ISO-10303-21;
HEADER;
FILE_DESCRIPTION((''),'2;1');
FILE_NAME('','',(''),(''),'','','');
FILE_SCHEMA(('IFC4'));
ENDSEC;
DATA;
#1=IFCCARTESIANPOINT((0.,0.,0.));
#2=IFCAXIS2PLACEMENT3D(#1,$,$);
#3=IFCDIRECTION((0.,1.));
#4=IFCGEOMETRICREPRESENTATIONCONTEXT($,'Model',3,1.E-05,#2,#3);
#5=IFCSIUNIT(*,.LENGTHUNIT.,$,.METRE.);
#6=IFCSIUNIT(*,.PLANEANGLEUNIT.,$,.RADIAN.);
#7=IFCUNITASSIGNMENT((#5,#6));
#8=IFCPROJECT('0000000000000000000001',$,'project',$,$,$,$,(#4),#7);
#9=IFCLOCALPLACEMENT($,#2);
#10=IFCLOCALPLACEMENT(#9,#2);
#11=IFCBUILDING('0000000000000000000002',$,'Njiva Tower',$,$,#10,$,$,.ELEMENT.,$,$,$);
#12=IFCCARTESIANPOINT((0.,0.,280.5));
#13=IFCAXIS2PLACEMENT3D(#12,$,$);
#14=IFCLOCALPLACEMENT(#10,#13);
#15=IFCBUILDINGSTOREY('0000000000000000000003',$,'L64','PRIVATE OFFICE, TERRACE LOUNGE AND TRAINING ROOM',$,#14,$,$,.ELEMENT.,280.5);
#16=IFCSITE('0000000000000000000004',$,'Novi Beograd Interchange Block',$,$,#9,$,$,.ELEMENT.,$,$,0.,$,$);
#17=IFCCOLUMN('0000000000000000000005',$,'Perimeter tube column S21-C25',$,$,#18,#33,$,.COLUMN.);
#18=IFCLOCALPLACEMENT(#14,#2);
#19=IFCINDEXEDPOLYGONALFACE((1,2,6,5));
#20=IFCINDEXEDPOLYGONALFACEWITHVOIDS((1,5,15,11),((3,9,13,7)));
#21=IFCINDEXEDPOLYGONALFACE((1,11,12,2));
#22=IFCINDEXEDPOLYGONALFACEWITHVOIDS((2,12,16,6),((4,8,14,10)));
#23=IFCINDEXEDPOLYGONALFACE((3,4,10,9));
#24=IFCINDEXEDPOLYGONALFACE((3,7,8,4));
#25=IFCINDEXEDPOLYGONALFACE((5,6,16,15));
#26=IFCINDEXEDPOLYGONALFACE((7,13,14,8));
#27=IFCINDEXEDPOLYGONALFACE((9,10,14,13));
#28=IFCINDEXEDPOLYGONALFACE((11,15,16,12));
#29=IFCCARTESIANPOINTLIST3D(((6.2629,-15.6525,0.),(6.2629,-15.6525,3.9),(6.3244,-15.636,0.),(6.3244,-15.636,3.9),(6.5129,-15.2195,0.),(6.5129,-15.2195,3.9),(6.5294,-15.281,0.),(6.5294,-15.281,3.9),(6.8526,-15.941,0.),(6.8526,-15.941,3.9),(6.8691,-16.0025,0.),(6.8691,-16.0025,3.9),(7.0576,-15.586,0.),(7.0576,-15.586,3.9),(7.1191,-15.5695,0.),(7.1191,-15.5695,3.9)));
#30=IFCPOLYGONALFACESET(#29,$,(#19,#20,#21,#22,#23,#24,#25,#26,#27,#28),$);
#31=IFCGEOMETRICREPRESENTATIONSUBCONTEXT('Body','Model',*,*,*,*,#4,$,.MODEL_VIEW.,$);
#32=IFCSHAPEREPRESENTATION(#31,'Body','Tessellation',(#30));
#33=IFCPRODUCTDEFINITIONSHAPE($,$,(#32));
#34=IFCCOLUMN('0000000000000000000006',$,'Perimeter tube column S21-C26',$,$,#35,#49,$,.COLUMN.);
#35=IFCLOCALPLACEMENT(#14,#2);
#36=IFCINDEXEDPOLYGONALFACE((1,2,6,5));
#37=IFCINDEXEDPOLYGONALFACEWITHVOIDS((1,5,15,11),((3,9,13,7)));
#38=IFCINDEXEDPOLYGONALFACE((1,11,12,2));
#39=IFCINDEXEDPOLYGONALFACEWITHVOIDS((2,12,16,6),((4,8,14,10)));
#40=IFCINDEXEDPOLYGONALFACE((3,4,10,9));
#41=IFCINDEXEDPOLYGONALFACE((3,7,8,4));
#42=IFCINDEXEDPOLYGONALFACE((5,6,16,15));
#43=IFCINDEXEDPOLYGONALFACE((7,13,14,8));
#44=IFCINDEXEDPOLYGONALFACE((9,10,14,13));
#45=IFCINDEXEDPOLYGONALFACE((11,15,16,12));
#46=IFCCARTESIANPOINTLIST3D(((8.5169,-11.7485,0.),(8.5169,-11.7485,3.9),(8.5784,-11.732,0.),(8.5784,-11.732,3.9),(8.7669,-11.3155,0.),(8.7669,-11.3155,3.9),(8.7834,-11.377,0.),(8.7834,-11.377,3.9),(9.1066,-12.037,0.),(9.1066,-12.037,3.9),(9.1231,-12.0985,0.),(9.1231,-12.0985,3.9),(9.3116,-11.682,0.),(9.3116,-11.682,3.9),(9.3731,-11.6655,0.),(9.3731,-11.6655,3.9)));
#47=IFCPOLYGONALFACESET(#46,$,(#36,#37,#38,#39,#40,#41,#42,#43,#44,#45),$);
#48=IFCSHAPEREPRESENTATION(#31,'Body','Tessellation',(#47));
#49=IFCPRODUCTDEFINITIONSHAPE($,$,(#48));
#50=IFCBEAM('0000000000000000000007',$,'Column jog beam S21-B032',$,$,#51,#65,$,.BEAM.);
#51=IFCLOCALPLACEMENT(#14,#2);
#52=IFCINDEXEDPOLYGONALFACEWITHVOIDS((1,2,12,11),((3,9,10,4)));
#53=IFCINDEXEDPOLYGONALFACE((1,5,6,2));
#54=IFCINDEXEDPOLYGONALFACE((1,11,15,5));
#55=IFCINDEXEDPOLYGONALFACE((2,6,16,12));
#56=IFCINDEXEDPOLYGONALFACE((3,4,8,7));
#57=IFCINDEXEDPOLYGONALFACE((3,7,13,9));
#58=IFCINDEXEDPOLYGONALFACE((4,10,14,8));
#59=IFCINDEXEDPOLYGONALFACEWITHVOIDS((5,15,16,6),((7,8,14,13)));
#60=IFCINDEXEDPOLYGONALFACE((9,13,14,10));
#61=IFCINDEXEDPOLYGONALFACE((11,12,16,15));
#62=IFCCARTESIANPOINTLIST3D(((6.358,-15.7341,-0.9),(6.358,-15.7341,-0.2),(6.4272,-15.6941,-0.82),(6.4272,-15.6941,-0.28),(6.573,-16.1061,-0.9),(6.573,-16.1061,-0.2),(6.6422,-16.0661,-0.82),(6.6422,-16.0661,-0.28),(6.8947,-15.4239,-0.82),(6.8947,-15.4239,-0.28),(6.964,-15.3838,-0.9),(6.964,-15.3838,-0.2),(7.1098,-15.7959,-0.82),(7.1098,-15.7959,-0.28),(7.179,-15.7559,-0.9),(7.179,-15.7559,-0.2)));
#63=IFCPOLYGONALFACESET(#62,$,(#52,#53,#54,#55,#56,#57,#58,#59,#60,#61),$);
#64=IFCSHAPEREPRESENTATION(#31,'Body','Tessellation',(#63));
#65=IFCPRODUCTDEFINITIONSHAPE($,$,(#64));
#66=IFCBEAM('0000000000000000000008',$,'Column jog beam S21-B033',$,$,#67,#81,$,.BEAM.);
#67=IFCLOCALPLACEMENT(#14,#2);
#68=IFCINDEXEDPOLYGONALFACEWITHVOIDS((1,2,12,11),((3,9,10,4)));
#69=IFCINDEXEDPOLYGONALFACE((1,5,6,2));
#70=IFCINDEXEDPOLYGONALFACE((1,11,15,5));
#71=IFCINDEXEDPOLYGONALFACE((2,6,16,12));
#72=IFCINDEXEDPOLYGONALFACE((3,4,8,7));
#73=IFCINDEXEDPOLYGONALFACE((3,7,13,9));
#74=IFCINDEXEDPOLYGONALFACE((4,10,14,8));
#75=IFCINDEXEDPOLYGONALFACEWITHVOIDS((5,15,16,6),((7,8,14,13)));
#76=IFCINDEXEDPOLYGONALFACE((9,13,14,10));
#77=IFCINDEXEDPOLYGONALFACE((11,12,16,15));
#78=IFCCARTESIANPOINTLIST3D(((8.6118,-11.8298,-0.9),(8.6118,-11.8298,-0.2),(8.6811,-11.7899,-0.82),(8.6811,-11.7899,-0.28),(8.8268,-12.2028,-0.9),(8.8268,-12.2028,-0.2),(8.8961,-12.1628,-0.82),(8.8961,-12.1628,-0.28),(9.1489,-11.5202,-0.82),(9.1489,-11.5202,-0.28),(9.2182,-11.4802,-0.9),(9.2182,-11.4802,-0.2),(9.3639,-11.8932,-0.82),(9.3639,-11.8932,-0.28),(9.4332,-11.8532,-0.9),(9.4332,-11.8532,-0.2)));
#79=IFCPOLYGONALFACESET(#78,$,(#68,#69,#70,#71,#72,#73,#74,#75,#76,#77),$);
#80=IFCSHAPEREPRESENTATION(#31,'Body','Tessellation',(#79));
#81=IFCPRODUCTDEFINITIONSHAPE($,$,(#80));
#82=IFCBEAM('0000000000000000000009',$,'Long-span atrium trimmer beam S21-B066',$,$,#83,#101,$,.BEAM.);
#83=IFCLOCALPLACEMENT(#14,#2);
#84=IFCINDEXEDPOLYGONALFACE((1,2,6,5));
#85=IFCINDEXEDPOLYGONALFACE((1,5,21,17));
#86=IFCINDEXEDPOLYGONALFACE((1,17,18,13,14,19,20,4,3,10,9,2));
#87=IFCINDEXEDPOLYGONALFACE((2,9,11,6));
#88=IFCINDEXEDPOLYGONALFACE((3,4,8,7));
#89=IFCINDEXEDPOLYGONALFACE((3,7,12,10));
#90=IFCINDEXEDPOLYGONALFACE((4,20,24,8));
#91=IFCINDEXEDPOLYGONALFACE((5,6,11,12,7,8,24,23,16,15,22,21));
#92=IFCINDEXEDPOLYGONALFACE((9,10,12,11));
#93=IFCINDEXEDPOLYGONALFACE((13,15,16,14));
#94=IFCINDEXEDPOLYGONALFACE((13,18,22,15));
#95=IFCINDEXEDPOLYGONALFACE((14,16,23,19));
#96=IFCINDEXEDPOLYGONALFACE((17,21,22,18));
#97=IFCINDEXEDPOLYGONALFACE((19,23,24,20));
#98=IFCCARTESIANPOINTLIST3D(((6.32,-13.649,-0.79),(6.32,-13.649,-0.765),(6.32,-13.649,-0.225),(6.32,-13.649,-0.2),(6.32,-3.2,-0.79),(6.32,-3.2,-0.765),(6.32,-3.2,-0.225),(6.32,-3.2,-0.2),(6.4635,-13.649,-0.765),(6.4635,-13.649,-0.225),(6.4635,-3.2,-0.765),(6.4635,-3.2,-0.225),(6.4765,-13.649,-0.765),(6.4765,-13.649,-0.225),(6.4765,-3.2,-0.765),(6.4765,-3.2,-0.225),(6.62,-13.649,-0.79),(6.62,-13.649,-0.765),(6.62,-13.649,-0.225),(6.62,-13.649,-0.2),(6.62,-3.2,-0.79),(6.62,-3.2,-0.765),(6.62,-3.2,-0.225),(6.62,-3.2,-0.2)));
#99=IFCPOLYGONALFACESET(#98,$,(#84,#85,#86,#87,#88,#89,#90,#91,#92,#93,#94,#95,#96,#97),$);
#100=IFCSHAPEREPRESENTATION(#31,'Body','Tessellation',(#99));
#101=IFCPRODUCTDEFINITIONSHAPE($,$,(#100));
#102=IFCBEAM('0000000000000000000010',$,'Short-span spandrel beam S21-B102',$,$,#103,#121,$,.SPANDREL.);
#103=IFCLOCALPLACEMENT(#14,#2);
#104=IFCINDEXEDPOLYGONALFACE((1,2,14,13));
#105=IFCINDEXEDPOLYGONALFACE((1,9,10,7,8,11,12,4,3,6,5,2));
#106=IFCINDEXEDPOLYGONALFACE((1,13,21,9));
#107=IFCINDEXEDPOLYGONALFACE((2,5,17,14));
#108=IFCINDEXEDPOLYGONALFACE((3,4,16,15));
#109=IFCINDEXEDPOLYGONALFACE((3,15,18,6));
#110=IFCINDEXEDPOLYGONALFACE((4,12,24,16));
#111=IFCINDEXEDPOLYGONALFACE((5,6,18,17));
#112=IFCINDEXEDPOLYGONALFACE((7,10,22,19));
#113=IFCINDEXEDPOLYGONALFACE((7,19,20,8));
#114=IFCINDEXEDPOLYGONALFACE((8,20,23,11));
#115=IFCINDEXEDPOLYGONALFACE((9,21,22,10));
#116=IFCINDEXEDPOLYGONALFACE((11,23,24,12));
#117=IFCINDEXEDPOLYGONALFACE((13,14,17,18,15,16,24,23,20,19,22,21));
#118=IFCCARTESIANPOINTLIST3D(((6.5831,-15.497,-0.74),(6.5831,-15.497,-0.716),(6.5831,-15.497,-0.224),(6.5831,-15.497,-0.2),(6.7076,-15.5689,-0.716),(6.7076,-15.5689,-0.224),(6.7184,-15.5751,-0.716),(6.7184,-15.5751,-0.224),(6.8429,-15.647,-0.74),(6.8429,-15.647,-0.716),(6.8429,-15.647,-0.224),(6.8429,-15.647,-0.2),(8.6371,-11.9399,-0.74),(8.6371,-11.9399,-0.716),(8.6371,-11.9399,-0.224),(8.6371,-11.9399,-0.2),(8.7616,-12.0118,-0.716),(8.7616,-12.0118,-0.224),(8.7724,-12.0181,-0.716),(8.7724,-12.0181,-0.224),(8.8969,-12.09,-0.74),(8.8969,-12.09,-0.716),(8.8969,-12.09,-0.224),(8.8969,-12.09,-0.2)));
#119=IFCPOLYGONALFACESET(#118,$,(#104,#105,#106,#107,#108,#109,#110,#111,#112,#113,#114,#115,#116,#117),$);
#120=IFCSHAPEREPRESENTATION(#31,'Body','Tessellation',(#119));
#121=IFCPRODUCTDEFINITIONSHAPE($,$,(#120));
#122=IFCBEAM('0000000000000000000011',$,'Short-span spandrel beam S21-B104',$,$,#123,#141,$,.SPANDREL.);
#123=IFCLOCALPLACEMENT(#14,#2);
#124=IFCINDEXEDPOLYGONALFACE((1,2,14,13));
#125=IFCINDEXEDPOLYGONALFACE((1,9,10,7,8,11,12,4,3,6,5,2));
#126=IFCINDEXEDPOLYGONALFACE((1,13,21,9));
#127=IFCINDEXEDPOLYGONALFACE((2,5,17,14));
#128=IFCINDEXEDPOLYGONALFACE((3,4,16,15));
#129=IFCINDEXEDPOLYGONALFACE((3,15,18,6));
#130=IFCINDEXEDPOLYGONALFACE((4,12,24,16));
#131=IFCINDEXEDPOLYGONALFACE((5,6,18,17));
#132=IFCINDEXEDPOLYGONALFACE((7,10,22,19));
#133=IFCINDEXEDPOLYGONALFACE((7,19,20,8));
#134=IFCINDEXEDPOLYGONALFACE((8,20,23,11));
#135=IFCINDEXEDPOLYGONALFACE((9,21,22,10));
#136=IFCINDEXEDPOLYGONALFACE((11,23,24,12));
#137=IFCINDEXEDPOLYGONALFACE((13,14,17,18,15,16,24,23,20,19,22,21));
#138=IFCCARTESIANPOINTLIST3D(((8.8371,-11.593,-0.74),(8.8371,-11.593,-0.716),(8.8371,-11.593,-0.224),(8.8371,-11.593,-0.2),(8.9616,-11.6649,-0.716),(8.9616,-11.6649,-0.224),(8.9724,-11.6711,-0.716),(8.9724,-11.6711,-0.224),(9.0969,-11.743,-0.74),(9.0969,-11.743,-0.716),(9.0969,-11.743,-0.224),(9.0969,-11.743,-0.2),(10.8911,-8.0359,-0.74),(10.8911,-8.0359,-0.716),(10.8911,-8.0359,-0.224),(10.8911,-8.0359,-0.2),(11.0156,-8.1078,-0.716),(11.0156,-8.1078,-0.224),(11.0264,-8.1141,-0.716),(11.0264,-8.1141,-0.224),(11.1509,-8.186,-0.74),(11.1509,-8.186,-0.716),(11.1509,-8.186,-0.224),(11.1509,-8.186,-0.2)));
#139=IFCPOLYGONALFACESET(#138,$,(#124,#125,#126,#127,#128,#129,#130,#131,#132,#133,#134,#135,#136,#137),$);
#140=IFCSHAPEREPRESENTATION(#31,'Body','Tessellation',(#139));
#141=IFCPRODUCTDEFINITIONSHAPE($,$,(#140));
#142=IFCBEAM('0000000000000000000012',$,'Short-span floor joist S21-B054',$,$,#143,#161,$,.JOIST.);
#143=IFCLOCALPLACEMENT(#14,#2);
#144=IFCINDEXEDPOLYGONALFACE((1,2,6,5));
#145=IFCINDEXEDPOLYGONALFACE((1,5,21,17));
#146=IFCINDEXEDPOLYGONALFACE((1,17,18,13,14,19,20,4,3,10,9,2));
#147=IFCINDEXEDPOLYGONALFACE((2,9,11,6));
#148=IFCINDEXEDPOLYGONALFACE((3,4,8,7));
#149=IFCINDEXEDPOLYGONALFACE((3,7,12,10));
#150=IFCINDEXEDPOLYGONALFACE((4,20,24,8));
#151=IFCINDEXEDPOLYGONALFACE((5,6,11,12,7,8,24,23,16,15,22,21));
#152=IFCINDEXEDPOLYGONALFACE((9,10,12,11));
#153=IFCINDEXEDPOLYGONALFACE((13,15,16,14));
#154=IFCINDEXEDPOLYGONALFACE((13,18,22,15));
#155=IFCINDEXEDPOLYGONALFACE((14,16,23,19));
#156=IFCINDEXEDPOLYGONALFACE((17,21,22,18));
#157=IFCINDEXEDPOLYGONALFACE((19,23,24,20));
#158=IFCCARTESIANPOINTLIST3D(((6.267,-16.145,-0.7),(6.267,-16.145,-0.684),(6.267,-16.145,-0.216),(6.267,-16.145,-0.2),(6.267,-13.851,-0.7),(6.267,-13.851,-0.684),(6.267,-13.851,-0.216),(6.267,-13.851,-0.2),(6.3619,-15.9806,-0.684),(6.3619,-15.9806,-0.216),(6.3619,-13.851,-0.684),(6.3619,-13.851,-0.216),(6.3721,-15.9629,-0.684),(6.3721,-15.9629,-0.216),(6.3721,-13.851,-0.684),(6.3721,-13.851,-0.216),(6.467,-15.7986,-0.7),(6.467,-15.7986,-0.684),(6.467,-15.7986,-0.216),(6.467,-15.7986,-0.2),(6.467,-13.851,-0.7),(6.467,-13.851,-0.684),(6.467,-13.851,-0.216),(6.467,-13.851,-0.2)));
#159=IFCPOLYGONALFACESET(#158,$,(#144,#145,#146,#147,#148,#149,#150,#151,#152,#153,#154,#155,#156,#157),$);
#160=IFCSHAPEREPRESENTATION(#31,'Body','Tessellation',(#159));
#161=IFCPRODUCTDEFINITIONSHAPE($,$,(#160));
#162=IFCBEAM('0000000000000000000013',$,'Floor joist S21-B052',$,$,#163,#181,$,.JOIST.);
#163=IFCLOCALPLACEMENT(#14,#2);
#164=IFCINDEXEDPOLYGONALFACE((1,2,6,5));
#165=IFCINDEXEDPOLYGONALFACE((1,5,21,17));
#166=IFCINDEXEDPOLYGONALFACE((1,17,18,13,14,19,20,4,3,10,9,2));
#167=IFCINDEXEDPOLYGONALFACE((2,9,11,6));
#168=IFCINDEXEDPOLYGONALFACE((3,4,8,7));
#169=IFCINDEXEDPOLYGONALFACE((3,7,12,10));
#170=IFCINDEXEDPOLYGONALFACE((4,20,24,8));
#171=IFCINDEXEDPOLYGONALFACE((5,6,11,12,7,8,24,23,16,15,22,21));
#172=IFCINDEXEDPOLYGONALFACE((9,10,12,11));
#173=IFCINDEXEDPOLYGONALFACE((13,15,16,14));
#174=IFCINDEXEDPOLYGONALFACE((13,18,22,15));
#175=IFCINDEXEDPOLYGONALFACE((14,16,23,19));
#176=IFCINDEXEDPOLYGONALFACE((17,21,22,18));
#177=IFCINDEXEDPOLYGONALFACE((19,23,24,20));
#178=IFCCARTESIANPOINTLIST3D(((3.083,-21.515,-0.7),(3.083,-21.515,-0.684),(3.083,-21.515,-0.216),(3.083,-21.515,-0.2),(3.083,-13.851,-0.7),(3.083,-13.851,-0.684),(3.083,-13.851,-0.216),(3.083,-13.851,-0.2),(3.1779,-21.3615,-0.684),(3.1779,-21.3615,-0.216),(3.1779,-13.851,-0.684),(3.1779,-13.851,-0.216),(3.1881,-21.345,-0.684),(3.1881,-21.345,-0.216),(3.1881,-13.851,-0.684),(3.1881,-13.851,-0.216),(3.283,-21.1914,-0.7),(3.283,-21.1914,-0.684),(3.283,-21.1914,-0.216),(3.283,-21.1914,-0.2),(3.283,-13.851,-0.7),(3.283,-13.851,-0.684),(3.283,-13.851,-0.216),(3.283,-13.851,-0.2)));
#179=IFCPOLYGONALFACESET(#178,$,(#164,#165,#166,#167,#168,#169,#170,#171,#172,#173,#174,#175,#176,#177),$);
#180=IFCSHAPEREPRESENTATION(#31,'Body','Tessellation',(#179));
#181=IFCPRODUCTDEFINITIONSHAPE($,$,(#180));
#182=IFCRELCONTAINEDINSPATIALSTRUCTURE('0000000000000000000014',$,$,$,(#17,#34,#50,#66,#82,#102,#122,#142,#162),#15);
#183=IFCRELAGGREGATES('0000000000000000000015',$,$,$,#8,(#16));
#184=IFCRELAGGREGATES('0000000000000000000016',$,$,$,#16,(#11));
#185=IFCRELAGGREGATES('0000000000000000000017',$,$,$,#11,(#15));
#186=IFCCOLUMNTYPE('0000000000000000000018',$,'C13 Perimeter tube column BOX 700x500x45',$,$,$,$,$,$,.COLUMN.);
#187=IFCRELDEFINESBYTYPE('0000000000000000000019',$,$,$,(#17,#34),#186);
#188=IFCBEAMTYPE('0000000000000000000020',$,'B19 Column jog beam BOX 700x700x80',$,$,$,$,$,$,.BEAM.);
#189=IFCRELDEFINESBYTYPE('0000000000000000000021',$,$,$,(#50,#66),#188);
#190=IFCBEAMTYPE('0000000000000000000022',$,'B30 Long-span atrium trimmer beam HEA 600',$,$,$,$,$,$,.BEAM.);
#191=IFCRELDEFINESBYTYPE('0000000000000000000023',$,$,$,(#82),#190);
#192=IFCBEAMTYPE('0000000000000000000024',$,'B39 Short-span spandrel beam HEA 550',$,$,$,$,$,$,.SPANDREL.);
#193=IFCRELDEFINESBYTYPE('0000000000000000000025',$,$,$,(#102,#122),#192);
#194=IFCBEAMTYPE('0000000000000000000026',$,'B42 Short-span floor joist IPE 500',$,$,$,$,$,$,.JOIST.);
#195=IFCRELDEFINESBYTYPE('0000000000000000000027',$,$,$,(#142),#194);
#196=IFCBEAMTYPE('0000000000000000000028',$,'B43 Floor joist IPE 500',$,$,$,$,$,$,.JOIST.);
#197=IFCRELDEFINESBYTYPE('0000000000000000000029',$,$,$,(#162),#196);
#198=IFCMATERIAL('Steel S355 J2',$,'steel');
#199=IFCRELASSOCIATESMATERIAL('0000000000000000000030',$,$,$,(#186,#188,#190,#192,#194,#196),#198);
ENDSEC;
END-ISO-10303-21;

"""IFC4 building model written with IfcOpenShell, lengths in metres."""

from ifc_helpers import new_model, si_unit, direction, frame, origin, origin_2d, place, context, subcontext, project, spatial, hollow_rectangle, i_section, extrude, clip, halfspace, material, material_profile, profile_set, type_object, element, save


model = new_model("IFC4")

# Units and contexts
model_context = context("Model", 3, precision=1e-05, world=origin(), true_north=direction((0.0, 1.0)))
body_context = subcontext(model_context, "Body", "Model", "MODEL_VIEW")
ifc_project = project(units=[si_unit("LENGTHUNIT", "METRE"), si_unit("PLANEANGLEUNIT", "RADIAN")], contexts=[model_context])

# Site, building, storey
site_placement = place(None, origin())
site = spatial("IfcSite", under=ifc_project, at=site_placement, Name="Novi Beograd Interchange Block", CompositionType="ELEMENT", RefElevation=0.0)
building_placement = place(site_placement, origin())
building = spatial("IfcBuilding", under=site, at=building_placement, Name="Njiva Tower", CompositionType="ELEMENT")
storey_placement = place(building_placement, frame((0.0, 0.0, 280.5)))
storey = spatial("IfcBuildingStorey", under=building, at=storey_placement, Name="L64", Description="PRIVATE OFFICE, TERRACE LOUNGE AND TRAINING ROOM", CompositionType="ELEMENT", Elevation=280.5)

# Columns
ifc_material_1 = material(Name="Steel S355 J2", Category="steel")
ifc_material_profile_1 = material_profile(ifc_material_1, hollow_rectangle(XDim=0.5, YDim=0.7, WallThickness=0.045, at=origin_2d()), Name="BOX 700x500x45")
ifc_profile_set_1 = profile_set([ifc_material_profile_1], Name="Steel S355 J2")
column_type = type_object("IfcColumnType", Name="C13 Perimeter tube column BOX 700x500x45", PredefinedType="COLUMN", material=ifc_profile_set_1)
for number, where, z_axis, x_axis, name in (
    (1, (6.691, -15.611, 0.0), (0.0, 0.0, 1.0), (0.5, 0.866025, 0.0), "Perimeter tube column S21-C25"),
    (2, (8.945, -11.707, 0.0), (0.0, 0.0, 1.0), (0.5, 0.866025, 0.0), "Perimeter tube column S21-C26"),
):
    element("IfcColumn", number, at=place(storey_placement, frame(where, z_axis=z_axis, x_axis=x_axis)), inside=storey, type_object=column_type, Name=name, PredefinedType="COLUMN", context=body_context, shape_type="SweptSolid", body=[
        extrude(hollow_rectangle(XDim=0.5, YDim=0.7, WallThickness=0.045, at=origin_2d()), origin(), (0.0, 0.0, 1.0), 3.9),
    ])

# Beams
ifc_material_profile_2 = material_profile(ifc_material_1, hollow_rectangle(XDim=0.7, YDim=0.7, WallThickness=0.08, at=origin_2d()), Name="BOX 700x700x80")
ifc_profile_set_2 = profile_set([ifc_material_profile_2], Name="Steel S355 J2")
beam_type_1 = type_object("IfcBeamType", Name="B19 Column jog beam BOX 700x700x80", PredefinedType="BEAM", material=ifc_profile_set_2)
beam_1_placement = place(storey_placement, frame((6.876, -15.931, -0.55), z_axis=(-0.500394, 0.865798, 0.0), x_axis=(-0.865798, -0.500394, 0.0)))
element("IfcBeam", 3, at=beam_1_placement, inside=storey, type_object=beam_type_1, Name="Column jog beam S21-B032", PredefinedType="BEAM", context=body_context, shape_type="SweptSolid", body=[
    extrude(hollow_rectangle(XDim=0.7, YDim=0.7, WallThickness=0.08, at=origin_2d()), origin(), (0.0, 0.0, 1.0), 0.4297),
])
beam_2_placement = place(storey_placement, frame((9.13, -12.028, -0.55), z_axis=(-0.499387, 0.866379, 0.0), x_axis=(-0.866379, -0.499387, 0.0)))
element("IfcBeam", 4, at=beam_2_placement, inside=storey, type_object=beam_type_1, Name="Column jog beam S21-B033", PredefinedType="BEAM", context=body_context, shape_type="SweptSolid", body=[
    extrude(hollow_rectangle(XDim=0.7, YDim=0.7, WallThickness=0.08, at=origin_2d()), origin(), (0.0, 0.0, 1.0), 0.4305),
])
ifc_material_profile_3 = material_profile(ifc_material_1, i_section(OverallWidth=0.3, OverallDepth=0.59, WebThickness=0.013, FlangeThickness=0.025, at=origin_2d()), Name="HEA 600")
ifc_profile_set_3 = profile_set([ifc_material_profile_3], Name="Steel S355 J2")
beam_type_2 = type_object("IfcBeamType", Name="B30 Long-span atrium trimmer beam HEA 600", PredefinedType="BEAM", material=ifc_profile_set_3)
beam_3_placement = place(storey_placement, frame((6.47, -13.649, -0.495), z_axis=(0.0, 1.0, 0.0), x_axis=(-1.0, 0.0, 0.0)))
element("IfcBeam", 5, at=beam_3_placement, inside=storey, type_object=beam_type_2, Name="Long-span atrium trimmer beam S21-B066", PredefinedType="BEAM", context=body_context, shape_type="SweptSolid", body=[
    extrude(i_section(OverallWidth=0.3, OverallDepth=0.59, WebThickness=0.013, FlangeThickness=0.025, at=origin_2d()), origin(), (0.0, 0.0, 1.0), 10.449),
])
ifc_material_profile_4 = material_profile(ifc_material_1, i_section(OverallWidth=0.3, OverallDepth=0.54, WebThickness=0.0125, FlangeThickness=0.024, at=origin_2d()), Name="HEA 550")
ifc_profile_set_4 = profile_set([ifc_material_profile_4], Name="Steel S355 J2")
beam_type_3 = type_object("IfcBeamType", Name="B39 Short-span spandrel beam HEA 550", PredefinedType="SPANDREL", material=ifc_profile_set_4)
for number, where, z_axis, x_axis, name in (
    (6, (6.713, -15.572, -0.47), (0.500067, 0.865987, 0.0), (-0.865987, 0.500067, 0.0), "Short-span spandrel beam S21-B102"),
    (7, (8.967, -11.668, -0.47), (0.500067, 0.865987, 0.0), (-0.865987, 0.500067, 0.0), "Short-span spandrel beam S21-B104"),
):
    element("IfcBeam", number, at=place(storey_placement, frame(where, z_axis=z_axis, x_axis=x_axis)), inside=storey, type_object=beam_type_3, Name=name, PredefinedType="SPANDREL", context=body_context, shape_type="SweptSolid", body=[
        extrude(i_section(OverallWidth=0.3, OverallDepth=0.54, WebThickness=0.0125, FlangeThickness=0.024, at=origin_2d()), origin(), (0.0, 0.0, 1.0), 4.1075),
    ])
ifc_material_profile_5 = material_profile(ifc_material_1, i_section(OverallWidth=0.2, OverallDepth=0.5, WebThickness=0.0102, FlangeThickness=0.016, at=origin_2d()), Name="IPE 500")
ifc_profile_set_5 = profile_set([ifc_material_profile_5], Name="Steel S355 J2")
beam_type_4 = type_object("IfcBeamType", Name="B42 Short-span floor joist IPE 500", PredefinedType="JOIST", material=ifc_profile_set_5)
beam_4_placement = place(storey_placement, frame((6.367, -13.851, -0.45), z_axis=(0.0, -1.0, 0.0), x_axis=(1.0, 0.0, 0.0)))
element("IfcBeam", 8, at=beam_4_placement, inside=storey, type_object=beam_type_4, Name="Short-span floor joist S21-B054", PredefinedType="JOIST", context=body_context, shape_type="Clipping", body=[
    clip(extrude(i_section(OverallWidth=0.2, OverallDepth=0.5, WebThickness=0.0102, FlangeThickness=0.016, at=origin_2d()), origin(), (0.0, 0.0, 1.0), 2.314), halfspace(frame((0.043, 0.0, 2.0463), z_axis=(0.866027, 0.0, 0.499998), x_axis=(0.0, 1.0, 0.0)), False)),
])
ifc_material_profile_6 = material_profile(ifc_material_1, i_section(OverallWidth=0.2, OverallDepth=0.5, WebThickness=0.0102, FlangeThickness=0.016, at=origin_2d()), Name="IPE 500")
ifc_profile_set_6 = profile_set([ifc_material_profile_6], Name="Steel S355 J2")
beam_type_5 = type_object("IfcBeamType", Name="B43 Floor joist IPE 500", PredefinedType="JOIST", material=ifc_profile_set_6)
beam_5_placement = place(storey_placement, frame((3.183, -13.851, -0.45), z_axis=(0.0, -1.0, 0.0), x_axis=(1.0, 0.0, 0.0)))
element("IfcBeam", 9, at=beam_5_placement, inside=storey, type_object=beam_type_5, Name="Floor joist S21-B052", PredefinedType="JOIST", context=body_context, shape_type="Clipping", body=[
    clip(extrude(i_section(OverallWidth=0.2, OverallDepth=0.5, WebThickness=0.0102, FlangeThickness=0.016, at=origin_2d()), origin(), (0.0, 0.0, 1.0), 7.684), halfspace(frame((0.0429, 0.0, 7.4328), z_axis=(0.85062, 0.0, 0.52578), x_axis=(0.0, 1.0, 0.0)), False)),
])

save(model, "model.ifc")
